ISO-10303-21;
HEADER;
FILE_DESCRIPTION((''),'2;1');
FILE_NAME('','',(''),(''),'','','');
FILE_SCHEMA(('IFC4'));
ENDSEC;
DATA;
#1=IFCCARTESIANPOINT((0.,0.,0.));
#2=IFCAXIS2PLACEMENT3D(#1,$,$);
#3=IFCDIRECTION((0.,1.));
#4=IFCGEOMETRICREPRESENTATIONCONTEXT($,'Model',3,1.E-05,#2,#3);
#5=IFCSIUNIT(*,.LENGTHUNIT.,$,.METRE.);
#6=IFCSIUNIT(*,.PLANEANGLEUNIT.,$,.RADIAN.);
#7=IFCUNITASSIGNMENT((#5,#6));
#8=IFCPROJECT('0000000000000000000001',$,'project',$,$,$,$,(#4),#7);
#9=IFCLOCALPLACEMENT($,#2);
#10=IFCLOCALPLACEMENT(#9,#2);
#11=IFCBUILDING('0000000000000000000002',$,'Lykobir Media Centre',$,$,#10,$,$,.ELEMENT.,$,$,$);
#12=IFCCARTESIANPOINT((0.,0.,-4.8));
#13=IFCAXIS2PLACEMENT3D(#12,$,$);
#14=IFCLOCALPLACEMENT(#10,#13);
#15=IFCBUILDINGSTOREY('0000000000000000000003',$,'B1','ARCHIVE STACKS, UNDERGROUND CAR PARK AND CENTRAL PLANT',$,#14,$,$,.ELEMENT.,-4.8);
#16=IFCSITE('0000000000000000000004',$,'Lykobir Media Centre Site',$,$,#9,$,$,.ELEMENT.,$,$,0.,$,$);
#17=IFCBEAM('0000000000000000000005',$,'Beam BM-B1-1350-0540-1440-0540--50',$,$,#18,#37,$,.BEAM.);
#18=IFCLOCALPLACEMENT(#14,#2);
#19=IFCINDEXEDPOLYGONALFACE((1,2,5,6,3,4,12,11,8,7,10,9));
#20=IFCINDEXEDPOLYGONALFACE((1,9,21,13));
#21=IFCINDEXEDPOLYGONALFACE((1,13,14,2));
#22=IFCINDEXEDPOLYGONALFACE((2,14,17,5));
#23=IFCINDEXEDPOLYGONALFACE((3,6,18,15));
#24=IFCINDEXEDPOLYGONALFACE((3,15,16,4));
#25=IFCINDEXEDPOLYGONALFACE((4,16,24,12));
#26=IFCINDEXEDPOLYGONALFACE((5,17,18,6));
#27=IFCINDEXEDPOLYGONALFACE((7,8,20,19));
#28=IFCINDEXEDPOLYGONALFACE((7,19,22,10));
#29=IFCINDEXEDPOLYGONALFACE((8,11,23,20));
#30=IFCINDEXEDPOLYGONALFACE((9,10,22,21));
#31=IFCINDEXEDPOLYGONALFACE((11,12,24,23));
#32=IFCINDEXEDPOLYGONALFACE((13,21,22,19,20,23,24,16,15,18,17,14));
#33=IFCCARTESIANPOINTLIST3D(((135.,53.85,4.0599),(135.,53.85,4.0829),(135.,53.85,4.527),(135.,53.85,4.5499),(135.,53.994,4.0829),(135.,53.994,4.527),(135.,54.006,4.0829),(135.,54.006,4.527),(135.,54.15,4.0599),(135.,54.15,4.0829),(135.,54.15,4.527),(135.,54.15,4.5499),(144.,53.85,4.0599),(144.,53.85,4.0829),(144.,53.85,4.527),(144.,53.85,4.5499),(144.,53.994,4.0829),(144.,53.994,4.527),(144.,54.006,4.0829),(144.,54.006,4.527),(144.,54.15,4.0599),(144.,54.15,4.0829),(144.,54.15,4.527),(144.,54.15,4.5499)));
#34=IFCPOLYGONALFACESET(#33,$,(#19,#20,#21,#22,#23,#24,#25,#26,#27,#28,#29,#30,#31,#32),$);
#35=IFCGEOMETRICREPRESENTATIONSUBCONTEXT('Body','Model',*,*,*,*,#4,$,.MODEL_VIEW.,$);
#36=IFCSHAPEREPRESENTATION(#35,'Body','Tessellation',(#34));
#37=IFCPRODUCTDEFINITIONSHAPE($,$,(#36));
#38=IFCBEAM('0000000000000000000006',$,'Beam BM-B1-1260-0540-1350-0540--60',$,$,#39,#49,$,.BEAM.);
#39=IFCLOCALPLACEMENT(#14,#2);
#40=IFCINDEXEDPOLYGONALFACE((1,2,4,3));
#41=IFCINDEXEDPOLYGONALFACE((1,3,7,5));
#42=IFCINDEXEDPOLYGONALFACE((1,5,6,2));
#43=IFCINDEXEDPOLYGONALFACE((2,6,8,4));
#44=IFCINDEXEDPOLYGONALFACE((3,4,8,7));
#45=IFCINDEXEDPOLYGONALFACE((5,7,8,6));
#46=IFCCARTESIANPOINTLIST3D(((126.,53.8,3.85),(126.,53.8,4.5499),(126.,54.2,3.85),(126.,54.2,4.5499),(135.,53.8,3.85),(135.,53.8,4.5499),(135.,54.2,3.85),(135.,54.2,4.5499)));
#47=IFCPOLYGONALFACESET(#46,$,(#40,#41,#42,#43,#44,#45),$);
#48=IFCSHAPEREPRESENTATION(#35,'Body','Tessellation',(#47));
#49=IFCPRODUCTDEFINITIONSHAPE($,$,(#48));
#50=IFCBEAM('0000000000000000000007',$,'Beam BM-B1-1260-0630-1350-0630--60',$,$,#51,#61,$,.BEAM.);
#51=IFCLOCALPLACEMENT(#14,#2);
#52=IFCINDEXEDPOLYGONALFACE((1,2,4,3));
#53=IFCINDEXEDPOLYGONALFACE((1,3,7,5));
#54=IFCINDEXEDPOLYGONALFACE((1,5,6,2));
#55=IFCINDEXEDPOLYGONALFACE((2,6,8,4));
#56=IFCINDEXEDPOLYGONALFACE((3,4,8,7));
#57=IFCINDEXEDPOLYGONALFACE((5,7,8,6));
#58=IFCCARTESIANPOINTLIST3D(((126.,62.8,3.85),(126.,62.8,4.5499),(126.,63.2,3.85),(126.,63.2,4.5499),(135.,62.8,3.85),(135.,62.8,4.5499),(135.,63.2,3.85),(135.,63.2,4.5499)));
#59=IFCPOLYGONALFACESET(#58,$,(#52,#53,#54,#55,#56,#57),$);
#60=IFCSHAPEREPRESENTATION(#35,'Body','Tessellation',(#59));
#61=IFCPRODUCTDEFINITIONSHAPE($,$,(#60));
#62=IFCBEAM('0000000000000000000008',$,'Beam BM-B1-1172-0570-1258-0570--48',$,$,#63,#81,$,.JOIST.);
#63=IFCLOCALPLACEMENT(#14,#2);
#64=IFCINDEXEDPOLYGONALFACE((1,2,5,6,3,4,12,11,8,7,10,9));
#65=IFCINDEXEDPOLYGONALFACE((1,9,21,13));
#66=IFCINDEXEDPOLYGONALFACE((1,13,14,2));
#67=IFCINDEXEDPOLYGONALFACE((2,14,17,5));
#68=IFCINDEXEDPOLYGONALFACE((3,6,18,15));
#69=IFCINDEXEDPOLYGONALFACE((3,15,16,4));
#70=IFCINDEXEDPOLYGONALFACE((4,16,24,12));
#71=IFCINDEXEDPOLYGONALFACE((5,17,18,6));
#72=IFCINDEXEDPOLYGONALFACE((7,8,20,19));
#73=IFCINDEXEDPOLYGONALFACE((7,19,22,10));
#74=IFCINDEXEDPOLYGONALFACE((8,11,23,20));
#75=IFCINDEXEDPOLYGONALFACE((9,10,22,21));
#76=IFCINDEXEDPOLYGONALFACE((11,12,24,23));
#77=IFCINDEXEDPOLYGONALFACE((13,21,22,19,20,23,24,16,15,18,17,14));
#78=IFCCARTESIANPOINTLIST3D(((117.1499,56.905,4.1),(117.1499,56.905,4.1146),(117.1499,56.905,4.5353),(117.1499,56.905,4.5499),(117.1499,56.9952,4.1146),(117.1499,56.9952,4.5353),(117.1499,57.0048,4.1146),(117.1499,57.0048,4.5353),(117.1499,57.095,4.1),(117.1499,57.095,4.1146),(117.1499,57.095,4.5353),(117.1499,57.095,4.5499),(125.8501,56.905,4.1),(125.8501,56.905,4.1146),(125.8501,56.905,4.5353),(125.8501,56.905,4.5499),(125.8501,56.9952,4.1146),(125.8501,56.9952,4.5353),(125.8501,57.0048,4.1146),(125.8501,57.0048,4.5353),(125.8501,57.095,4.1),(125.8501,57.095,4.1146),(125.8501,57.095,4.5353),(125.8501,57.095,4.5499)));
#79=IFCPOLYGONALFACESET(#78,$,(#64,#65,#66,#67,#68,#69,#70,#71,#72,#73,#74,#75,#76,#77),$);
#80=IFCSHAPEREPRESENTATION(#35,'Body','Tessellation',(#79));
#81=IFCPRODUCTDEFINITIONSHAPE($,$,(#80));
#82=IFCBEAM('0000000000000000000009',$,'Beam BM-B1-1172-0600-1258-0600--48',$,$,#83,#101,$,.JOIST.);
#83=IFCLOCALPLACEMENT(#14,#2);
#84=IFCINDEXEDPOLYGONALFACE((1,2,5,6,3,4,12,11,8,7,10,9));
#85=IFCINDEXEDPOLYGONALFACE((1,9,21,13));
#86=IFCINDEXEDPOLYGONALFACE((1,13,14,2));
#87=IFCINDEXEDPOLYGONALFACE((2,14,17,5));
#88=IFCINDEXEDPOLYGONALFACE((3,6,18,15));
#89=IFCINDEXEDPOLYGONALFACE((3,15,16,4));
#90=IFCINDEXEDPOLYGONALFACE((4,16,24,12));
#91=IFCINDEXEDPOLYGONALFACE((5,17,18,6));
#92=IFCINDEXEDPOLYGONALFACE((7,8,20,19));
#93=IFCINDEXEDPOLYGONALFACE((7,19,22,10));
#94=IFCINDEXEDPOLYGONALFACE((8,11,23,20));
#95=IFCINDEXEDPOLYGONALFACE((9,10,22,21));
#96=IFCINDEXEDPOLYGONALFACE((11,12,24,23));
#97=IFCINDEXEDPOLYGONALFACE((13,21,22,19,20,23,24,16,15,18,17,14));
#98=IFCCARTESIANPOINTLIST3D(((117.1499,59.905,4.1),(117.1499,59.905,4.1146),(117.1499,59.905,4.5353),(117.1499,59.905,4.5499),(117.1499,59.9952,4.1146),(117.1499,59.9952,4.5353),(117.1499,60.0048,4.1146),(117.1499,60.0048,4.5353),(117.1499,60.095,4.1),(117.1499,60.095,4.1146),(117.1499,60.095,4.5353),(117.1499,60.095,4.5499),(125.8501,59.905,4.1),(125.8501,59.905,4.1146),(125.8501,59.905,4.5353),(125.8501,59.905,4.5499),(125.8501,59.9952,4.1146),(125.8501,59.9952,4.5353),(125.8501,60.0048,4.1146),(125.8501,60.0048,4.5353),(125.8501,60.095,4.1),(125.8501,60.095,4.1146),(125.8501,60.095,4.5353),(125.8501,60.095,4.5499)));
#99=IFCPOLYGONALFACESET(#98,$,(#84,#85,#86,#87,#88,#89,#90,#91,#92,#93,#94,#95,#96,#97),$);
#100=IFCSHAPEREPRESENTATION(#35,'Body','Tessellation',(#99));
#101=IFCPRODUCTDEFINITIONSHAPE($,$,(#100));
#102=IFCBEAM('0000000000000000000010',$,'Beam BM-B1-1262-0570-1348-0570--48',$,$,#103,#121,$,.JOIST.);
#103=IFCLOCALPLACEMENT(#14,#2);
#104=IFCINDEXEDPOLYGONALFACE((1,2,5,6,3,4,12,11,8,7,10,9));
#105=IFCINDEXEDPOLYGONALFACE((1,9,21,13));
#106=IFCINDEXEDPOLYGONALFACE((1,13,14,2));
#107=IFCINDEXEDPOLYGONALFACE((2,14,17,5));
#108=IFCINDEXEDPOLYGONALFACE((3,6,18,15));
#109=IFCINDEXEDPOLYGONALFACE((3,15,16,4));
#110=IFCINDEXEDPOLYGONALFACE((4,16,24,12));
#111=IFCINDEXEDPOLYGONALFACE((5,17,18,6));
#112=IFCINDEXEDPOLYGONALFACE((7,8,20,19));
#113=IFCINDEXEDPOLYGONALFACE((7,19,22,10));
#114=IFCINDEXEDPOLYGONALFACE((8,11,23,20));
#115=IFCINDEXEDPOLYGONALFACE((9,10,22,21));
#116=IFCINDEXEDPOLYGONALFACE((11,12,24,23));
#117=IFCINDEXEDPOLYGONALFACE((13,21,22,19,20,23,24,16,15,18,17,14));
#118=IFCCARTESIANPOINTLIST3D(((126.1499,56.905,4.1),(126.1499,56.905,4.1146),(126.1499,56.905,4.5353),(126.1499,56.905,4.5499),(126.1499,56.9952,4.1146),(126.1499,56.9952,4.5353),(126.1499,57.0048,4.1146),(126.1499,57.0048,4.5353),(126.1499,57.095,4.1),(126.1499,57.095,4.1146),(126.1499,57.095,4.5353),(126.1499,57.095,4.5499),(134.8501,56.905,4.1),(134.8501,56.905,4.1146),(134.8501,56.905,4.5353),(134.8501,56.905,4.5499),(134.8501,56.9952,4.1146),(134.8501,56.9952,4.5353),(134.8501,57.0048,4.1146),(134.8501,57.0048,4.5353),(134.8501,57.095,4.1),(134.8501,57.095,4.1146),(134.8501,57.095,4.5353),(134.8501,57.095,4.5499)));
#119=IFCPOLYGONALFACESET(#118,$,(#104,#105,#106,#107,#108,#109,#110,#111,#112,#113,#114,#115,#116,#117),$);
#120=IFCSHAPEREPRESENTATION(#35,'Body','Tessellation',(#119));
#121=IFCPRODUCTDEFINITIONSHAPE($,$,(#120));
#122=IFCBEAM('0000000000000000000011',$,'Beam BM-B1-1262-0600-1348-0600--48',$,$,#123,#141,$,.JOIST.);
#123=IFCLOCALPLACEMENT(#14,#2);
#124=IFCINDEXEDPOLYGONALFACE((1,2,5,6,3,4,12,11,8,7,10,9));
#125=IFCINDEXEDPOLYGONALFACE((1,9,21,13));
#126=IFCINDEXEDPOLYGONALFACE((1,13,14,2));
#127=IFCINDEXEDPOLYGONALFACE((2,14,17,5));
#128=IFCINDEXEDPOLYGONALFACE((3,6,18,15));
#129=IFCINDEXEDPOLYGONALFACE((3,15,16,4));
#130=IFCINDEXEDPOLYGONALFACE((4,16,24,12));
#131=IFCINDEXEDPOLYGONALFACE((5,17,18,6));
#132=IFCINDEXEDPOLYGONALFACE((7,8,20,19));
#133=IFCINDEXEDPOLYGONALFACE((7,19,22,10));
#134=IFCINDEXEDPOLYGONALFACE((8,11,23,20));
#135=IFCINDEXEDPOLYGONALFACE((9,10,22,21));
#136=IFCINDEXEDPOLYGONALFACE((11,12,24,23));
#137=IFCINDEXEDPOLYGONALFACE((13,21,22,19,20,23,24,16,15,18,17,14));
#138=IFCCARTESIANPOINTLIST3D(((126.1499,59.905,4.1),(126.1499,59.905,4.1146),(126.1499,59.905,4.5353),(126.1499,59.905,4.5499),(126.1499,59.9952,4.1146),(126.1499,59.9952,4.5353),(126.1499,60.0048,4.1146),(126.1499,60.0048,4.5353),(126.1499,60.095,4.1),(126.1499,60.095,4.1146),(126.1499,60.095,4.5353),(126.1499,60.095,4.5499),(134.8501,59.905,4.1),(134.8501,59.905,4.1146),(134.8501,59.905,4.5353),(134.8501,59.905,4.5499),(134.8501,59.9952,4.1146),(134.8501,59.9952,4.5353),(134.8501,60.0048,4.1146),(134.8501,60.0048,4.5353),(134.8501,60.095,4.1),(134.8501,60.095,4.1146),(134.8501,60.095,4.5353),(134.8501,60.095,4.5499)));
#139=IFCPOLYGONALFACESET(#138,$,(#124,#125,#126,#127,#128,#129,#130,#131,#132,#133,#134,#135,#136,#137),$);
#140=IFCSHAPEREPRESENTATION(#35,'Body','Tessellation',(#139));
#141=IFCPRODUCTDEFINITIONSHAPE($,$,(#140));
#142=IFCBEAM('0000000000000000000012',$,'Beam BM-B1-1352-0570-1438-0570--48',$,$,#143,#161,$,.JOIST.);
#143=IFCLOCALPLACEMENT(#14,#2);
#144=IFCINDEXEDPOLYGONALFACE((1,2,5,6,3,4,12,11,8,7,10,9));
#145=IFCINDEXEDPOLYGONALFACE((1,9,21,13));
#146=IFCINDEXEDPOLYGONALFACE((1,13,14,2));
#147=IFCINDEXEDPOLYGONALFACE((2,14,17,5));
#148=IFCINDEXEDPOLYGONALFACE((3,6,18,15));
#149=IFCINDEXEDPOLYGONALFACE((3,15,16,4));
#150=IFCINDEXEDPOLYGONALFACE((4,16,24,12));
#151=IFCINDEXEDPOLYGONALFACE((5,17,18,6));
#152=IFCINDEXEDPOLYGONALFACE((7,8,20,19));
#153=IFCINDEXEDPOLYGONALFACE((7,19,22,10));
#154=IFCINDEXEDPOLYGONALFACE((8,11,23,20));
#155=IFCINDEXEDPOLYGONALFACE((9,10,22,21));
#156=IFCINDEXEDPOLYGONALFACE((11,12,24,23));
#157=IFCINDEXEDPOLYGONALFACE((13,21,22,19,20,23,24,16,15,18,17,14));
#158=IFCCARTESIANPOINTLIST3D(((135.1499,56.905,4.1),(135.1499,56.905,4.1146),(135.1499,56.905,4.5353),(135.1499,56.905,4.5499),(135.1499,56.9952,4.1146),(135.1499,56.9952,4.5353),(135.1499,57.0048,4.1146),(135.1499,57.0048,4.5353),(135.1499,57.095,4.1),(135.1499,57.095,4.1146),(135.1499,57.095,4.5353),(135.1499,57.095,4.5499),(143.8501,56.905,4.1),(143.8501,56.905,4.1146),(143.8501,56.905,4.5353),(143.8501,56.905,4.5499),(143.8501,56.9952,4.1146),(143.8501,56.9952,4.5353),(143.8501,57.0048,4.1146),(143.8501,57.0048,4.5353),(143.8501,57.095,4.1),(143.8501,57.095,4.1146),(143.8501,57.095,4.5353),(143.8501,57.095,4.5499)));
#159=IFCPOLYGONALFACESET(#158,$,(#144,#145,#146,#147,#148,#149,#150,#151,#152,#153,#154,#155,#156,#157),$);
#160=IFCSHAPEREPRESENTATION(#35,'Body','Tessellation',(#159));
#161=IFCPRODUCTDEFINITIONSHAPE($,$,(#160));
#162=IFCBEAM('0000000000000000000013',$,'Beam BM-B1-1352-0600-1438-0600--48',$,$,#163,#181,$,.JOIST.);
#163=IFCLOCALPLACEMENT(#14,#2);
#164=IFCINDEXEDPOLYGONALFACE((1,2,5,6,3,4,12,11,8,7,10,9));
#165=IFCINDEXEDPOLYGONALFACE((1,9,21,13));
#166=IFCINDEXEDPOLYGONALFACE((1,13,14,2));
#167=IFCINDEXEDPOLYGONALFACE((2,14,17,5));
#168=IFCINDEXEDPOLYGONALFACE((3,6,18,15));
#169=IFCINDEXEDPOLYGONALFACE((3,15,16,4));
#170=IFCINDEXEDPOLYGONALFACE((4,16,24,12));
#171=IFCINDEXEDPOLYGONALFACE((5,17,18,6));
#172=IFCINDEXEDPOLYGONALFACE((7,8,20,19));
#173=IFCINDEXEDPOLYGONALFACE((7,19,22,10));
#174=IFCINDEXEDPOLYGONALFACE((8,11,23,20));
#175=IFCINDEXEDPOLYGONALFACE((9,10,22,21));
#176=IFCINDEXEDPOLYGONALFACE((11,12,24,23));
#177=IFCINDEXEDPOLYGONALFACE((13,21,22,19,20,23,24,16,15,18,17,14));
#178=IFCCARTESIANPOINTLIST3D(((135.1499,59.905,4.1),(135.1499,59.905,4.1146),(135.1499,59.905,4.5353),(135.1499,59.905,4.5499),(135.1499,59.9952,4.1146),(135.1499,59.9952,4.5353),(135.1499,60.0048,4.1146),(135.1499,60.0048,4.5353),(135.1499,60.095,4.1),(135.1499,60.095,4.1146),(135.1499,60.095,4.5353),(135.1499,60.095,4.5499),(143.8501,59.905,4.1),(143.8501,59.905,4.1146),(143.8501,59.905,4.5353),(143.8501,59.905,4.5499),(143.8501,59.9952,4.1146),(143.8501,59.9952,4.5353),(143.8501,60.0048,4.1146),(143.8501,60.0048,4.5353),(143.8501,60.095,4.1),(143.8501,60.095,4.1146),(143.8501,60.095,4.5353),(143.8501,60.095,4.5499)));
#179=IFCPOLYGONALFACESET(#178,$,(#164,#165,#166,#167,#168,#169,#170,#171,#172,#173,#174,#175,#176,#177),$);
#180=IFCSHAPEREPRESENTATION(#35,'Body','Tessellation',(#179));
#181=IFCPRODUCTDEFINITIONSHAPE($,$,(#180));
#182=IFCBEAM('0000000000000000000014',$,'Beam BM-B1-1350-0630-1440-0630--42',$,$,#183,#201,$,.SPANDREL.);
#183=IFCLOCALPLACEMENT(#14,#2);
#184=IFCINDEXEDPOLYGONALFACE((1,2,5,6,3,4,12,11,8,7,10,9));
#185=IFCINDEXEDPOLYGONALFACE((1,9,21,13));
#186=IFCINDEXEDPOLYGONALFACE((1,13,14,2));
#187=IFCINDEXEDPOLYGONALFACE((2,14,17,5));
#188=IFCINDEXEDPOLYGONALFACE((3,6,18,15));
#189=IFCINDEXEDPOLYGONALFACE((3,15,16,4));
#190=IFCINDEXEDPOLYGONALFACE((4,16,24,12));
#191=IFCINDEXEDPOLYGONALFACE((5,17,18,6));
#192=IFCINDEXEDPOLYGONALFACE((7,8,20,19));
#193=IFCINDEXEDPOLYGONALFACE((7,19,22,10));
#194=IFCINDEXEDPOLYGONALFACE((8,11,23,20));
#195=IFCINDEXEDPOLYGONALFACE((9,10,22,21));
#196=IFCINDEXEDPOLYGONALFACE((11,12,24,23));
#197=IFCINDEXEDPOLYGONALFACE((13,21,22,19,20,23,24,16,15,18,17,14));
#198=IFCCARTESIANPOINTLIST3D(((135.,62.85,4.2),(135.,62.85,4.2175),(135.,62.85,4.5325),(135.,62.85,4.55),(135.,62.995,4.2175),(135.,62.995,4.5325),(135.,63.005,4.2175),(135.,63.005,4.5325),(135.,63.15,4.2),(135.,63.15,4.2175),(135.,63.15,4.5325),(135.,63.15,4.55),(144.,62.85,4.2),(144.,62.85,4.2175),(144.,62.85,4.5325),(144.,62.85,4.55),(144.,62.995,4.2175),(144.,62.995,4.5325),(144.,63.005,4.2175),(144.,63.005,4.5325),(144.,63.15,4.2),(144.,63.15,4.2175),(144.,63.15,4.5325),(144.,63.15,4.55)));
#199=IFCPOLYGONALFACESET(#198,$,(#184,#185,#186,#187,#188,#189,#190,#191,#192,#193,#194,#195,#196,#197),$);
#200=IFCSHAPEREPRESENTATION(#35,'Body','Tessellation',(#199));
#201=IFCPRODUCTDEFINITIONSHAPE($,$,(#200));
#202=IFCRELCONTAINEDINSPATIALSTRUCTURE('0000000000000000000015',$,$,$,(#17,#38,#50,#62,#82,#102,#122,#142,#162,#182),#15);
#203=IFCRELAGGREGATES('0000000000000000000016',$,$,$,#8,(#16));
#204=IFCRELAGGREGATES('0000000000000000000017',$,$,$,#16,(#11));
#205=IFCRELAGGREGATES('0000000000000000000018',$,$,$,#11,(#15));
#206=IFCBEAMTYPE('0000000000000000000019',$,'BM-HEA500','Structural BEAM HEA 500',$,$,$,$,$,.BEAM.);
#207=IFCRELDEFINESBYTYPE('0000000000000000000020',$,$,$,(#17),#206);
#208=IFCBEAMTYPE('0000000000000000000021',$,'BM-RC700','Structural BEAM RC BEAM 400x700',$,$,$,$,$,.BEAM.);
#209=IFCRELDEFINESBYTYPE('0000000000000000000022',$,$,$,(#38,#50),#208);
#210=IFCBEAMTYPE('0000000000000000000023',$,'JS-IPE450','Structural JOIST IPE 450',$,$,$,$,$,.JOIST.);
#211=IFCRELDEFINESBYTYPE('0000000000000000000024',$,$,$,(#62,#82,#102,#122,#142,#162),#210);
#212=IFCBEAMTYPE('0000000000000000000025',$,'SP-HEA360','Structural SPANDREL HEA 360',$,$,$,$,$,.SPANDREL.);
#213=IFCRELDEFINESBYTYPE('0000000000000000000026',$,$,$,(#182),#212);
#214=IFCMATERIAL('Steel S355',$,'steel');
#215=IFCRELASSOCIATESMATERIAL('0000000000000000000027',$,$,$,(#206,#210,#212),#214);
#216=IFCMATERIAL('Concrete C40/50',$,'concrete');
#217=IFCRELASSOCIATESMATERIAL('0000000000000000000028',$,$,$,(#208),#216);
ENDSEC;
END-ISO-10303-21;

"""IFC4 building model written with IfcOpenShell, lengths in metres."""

from ifc_helpers import new_model, si_unit, direction, frame, origin, origin_2d, place, context, subcontext, project, spatial, rectangle, i_section, extrude, material, material_profile, profile_set, type_object, element, save


model = new_model("IFC4")

# Units and contexts
model_context = context("Model", 3, precision=1e-05, world=origin(), true_north=direction((0.0, 1.0)))
body_context = subcontext(model_context, "Body", "Model", "MODEL_VIEW")
ifc_project = project(units=[si_unit("LENGTHUNIT", "METRE"), si_unit("PLANEANGLEUNIT", "RADIAN")], contexts=[model_context])

# Site, building, storey
site_placement = place(None, origin())
site = spatial("IfcSite", under=ifc_project, at=site_placement, Name="Lykobir Media Centre Site", CompositionType="ELEMENT", RefElevation=0.0)
building_placement = place(site_placement, origin())
building = spatial("IfcBuilding", under=site, at=building_placement, Name="Lykobir Media Centre", CompositionType="ELEMENT")
storey_placement = place(building_placement, frame((0.0, 0.0, -4.8)))
storey = spatial("IfcBuildingStorey", under=building, at=storey_placement, Name="B1", Description="ARCHIVE STACKS, UNDERGROUND CAR PARK AND CENTRAL PLANT", CompositionType="ELEMENT", Elevation=-4.8)

# Shared definitions
ifc_material_1 = material(Name="Concrete C40/50", Category="concrete")
ifc_material_2 = material(Name="Steel S355", Category="steel")

# Beams
ifc_material_profile_1 = material_profile(ifc_material_2, i_section(OverallWidth=0.3, OverallDepth=0.49, WebThickness=0.012, FlangeThickness=0.0229, at=origin_2d()), Name="HEA 500")
ifc_profile_set_1 = profile_set([ifc_material_profile_1], Name="Steel S355")
beam_type_1 = type_object("IfcBeamType", Name="BM-HEA500", Description="Structural BEAM HEA 500", PredefinedType="BEAM", material=ifc_profile_set_1)
beam_1_placement = place(storey_placement, frame((135.0, 54.0, 4.3049), z_axis=(1.0, 0.0, 0.0), x_axis=(0.0, 1.0, 0.0)))
element("IfcBeam", 1, at=beam_1_placement, inside=storey, type_object=beam_type_1, Name="Beam BM-B1-1350-0540-1440-0540--50", PredefinedType="BEAM", context=body_context, shape_type="SweptSolid", body=[
    extrude(i_section(OverallWidth=0.3, OverallDepth=0.49, WebThickness=0.012, FlangeThickness=0.0229, at=origin_2d()), origin(), (0.0, 0.0, 1.0), 9.0),
])
ifc_material_profile_2 = material_profile(ifc_material_1, rectangle(XDim=0.3999, YDim=0.7, at=origin_2d()), Name="RC BEAM 400x700")
ifc_profile_set_2 = profile_set([ifc_material_profile_2], Name="Concrete C40/50")
beam_type_2 = type_object("IfcBeamType", Name="BM-RC700", Description="Structural BEAM RC BEAM 400x700", PredefinedType="BEAM", material=ifc_profile_set_2)
for number, where, z_axis, x_axis, name in (
    (2, (126.0, 54.0, 4.2), (1.0, 0.0, 0.0), (0.0, 1.0, 0.0), "Beam BM-B1-1260-0540-1350-0540--60"),
    (3, (126.0, 63.0, 4.2), (1.0, 0.0, 0.0), (0.0, 1.0, 0.0), "Beam BM-B1-1260-0630-1350-0630--60"),
):
    element("IfcBeam", number, at=place(storey_placement, frame(where, z_axis=z_axis, x_axis=x_axis)), inside=storey, type_object=beam_type_2, Name=name, PredefinedType="BEAM", context=body_context, shape_type="SweptSolid", body=[
        extrude(rectangle(XDim=0.3999, YDim=0.7, at=origin_2d()), origin(), (0.0, 0.0, 1.0), 9.0),
    ])
ifc_material_profile_3 = material_profile(ifc_material_2, i_section(OverallWidth=0.1899, OverallDepth=0.45, WebThickness=0.0095, FlangeThickness=0.0146, at=origin_2d()), Name="IPE 450")
ifc_profile_set_3 = profile_set([ifc_material_profile_3], Name="Steel S355")
beam_type_3 = type_object("IfcBeamType", Name="JS-IPE450", Description="Structural JOIST IPE 450", PredefinedType="JOIST", material=ifc_profile_set_3)
for number, where, z_axis, x_axis, name in (
    (4, (117.1499, 57.0, 4.325), (1.0, 0.0, 0.0), (0.0, 1.0, 0.0), "Beam BM-B1-1172-0570-1258-0570--48"),
    (5, (117.1499, 60.0, 4.325), (1.0, 0.0, 0.0), (0.0, 1.0, 0.0), "Beam BM-B1-1172-0600-1258-0600--48"),
    (6, (126.1499, 57.0, 4.325), (1.0, 0.0, 0.0), (0.0, 1.0, 0.0), "Beam BM-B1-1262-0570-1348-0570--48"),
    (7, (126.1499, 60.0, 4.325), (1.0, 0.0, 0.0), (0.0, 1.0, 0.0), "Beam BM-B1-1262-0600-1348-0600--48"),
    (8, (135.1499, 57.0, 4.325), (1.0, 0.0, 0.0), (0.0, 1.0, 0.0), "Beam BM-B1-1352-0570-1438-0570--48"),
    (9, (135.1499, 60.0, 4.325), (1.0, 0.0, 0.0), (0.0, 1.0, 0.0), "Beam BM-B1-1352-0600-1438-0600--48"),
):
    element("IfcBeam", number, at=place(storey_placement, frame(where, z_axis=z_axis, x_axis=x_axis)), inside=storey, type_object=beam_type_3, Name=name, PredefinedType="JOIST", context=body_context, shape_type="SweptSolid", body=[
        extrude(i_section(OverallWidth=0.1899, OverallDepth=0.45, WebThickness=0.0095, FlangeThickness=0.0146, at=origin_2d()), origin(), (0.0, 0.0, 1.0), 8.7002),
    ])
ifc_material_profile_4 = material_profile(ifc_material_2, i_section(OverallWidth=0.3, OverallDepth=0.3501, WebThickness=0.01, FlangeThickness=0.0176, at=origin_2d()), Name="HEA 360")
ifc_profile_set_4 = profile_set([ifc_material_profile_4], Name="Steel S355")
beam_type_4 = type_object("IfcBeamType", Name="SP-HEA360", Description="Structural SPANDREL HEA 360", PredefinedType="SPANDREL", material=ifc_profile_set_4)
beam_2_placement = place(storey_placement, frame((135.0, 63.0, 4.375), z_axis=(1.0, 0.0, 0.0), x_axis=(0.0, 1.0, 0.0)))
element("IfcBeam", 10, at=beam_2_placement, inside=storey, type_object=beam_type_4, Name="Beam BM-B1-1350-0630-1440-0630--42", PredefinedType="SPANDREL", context=body_context, shape_type="SweptSolid", body=[
    extrude(i_section(OverallWidth=0.3, OverallDepth=0.3501, WebThickness=0.01, FlangeThickness=0.0176, at=origin_2d()), origin(), (0.0, 0.0, 1.0), 9.0),
])

save(model, "model.ifc")
